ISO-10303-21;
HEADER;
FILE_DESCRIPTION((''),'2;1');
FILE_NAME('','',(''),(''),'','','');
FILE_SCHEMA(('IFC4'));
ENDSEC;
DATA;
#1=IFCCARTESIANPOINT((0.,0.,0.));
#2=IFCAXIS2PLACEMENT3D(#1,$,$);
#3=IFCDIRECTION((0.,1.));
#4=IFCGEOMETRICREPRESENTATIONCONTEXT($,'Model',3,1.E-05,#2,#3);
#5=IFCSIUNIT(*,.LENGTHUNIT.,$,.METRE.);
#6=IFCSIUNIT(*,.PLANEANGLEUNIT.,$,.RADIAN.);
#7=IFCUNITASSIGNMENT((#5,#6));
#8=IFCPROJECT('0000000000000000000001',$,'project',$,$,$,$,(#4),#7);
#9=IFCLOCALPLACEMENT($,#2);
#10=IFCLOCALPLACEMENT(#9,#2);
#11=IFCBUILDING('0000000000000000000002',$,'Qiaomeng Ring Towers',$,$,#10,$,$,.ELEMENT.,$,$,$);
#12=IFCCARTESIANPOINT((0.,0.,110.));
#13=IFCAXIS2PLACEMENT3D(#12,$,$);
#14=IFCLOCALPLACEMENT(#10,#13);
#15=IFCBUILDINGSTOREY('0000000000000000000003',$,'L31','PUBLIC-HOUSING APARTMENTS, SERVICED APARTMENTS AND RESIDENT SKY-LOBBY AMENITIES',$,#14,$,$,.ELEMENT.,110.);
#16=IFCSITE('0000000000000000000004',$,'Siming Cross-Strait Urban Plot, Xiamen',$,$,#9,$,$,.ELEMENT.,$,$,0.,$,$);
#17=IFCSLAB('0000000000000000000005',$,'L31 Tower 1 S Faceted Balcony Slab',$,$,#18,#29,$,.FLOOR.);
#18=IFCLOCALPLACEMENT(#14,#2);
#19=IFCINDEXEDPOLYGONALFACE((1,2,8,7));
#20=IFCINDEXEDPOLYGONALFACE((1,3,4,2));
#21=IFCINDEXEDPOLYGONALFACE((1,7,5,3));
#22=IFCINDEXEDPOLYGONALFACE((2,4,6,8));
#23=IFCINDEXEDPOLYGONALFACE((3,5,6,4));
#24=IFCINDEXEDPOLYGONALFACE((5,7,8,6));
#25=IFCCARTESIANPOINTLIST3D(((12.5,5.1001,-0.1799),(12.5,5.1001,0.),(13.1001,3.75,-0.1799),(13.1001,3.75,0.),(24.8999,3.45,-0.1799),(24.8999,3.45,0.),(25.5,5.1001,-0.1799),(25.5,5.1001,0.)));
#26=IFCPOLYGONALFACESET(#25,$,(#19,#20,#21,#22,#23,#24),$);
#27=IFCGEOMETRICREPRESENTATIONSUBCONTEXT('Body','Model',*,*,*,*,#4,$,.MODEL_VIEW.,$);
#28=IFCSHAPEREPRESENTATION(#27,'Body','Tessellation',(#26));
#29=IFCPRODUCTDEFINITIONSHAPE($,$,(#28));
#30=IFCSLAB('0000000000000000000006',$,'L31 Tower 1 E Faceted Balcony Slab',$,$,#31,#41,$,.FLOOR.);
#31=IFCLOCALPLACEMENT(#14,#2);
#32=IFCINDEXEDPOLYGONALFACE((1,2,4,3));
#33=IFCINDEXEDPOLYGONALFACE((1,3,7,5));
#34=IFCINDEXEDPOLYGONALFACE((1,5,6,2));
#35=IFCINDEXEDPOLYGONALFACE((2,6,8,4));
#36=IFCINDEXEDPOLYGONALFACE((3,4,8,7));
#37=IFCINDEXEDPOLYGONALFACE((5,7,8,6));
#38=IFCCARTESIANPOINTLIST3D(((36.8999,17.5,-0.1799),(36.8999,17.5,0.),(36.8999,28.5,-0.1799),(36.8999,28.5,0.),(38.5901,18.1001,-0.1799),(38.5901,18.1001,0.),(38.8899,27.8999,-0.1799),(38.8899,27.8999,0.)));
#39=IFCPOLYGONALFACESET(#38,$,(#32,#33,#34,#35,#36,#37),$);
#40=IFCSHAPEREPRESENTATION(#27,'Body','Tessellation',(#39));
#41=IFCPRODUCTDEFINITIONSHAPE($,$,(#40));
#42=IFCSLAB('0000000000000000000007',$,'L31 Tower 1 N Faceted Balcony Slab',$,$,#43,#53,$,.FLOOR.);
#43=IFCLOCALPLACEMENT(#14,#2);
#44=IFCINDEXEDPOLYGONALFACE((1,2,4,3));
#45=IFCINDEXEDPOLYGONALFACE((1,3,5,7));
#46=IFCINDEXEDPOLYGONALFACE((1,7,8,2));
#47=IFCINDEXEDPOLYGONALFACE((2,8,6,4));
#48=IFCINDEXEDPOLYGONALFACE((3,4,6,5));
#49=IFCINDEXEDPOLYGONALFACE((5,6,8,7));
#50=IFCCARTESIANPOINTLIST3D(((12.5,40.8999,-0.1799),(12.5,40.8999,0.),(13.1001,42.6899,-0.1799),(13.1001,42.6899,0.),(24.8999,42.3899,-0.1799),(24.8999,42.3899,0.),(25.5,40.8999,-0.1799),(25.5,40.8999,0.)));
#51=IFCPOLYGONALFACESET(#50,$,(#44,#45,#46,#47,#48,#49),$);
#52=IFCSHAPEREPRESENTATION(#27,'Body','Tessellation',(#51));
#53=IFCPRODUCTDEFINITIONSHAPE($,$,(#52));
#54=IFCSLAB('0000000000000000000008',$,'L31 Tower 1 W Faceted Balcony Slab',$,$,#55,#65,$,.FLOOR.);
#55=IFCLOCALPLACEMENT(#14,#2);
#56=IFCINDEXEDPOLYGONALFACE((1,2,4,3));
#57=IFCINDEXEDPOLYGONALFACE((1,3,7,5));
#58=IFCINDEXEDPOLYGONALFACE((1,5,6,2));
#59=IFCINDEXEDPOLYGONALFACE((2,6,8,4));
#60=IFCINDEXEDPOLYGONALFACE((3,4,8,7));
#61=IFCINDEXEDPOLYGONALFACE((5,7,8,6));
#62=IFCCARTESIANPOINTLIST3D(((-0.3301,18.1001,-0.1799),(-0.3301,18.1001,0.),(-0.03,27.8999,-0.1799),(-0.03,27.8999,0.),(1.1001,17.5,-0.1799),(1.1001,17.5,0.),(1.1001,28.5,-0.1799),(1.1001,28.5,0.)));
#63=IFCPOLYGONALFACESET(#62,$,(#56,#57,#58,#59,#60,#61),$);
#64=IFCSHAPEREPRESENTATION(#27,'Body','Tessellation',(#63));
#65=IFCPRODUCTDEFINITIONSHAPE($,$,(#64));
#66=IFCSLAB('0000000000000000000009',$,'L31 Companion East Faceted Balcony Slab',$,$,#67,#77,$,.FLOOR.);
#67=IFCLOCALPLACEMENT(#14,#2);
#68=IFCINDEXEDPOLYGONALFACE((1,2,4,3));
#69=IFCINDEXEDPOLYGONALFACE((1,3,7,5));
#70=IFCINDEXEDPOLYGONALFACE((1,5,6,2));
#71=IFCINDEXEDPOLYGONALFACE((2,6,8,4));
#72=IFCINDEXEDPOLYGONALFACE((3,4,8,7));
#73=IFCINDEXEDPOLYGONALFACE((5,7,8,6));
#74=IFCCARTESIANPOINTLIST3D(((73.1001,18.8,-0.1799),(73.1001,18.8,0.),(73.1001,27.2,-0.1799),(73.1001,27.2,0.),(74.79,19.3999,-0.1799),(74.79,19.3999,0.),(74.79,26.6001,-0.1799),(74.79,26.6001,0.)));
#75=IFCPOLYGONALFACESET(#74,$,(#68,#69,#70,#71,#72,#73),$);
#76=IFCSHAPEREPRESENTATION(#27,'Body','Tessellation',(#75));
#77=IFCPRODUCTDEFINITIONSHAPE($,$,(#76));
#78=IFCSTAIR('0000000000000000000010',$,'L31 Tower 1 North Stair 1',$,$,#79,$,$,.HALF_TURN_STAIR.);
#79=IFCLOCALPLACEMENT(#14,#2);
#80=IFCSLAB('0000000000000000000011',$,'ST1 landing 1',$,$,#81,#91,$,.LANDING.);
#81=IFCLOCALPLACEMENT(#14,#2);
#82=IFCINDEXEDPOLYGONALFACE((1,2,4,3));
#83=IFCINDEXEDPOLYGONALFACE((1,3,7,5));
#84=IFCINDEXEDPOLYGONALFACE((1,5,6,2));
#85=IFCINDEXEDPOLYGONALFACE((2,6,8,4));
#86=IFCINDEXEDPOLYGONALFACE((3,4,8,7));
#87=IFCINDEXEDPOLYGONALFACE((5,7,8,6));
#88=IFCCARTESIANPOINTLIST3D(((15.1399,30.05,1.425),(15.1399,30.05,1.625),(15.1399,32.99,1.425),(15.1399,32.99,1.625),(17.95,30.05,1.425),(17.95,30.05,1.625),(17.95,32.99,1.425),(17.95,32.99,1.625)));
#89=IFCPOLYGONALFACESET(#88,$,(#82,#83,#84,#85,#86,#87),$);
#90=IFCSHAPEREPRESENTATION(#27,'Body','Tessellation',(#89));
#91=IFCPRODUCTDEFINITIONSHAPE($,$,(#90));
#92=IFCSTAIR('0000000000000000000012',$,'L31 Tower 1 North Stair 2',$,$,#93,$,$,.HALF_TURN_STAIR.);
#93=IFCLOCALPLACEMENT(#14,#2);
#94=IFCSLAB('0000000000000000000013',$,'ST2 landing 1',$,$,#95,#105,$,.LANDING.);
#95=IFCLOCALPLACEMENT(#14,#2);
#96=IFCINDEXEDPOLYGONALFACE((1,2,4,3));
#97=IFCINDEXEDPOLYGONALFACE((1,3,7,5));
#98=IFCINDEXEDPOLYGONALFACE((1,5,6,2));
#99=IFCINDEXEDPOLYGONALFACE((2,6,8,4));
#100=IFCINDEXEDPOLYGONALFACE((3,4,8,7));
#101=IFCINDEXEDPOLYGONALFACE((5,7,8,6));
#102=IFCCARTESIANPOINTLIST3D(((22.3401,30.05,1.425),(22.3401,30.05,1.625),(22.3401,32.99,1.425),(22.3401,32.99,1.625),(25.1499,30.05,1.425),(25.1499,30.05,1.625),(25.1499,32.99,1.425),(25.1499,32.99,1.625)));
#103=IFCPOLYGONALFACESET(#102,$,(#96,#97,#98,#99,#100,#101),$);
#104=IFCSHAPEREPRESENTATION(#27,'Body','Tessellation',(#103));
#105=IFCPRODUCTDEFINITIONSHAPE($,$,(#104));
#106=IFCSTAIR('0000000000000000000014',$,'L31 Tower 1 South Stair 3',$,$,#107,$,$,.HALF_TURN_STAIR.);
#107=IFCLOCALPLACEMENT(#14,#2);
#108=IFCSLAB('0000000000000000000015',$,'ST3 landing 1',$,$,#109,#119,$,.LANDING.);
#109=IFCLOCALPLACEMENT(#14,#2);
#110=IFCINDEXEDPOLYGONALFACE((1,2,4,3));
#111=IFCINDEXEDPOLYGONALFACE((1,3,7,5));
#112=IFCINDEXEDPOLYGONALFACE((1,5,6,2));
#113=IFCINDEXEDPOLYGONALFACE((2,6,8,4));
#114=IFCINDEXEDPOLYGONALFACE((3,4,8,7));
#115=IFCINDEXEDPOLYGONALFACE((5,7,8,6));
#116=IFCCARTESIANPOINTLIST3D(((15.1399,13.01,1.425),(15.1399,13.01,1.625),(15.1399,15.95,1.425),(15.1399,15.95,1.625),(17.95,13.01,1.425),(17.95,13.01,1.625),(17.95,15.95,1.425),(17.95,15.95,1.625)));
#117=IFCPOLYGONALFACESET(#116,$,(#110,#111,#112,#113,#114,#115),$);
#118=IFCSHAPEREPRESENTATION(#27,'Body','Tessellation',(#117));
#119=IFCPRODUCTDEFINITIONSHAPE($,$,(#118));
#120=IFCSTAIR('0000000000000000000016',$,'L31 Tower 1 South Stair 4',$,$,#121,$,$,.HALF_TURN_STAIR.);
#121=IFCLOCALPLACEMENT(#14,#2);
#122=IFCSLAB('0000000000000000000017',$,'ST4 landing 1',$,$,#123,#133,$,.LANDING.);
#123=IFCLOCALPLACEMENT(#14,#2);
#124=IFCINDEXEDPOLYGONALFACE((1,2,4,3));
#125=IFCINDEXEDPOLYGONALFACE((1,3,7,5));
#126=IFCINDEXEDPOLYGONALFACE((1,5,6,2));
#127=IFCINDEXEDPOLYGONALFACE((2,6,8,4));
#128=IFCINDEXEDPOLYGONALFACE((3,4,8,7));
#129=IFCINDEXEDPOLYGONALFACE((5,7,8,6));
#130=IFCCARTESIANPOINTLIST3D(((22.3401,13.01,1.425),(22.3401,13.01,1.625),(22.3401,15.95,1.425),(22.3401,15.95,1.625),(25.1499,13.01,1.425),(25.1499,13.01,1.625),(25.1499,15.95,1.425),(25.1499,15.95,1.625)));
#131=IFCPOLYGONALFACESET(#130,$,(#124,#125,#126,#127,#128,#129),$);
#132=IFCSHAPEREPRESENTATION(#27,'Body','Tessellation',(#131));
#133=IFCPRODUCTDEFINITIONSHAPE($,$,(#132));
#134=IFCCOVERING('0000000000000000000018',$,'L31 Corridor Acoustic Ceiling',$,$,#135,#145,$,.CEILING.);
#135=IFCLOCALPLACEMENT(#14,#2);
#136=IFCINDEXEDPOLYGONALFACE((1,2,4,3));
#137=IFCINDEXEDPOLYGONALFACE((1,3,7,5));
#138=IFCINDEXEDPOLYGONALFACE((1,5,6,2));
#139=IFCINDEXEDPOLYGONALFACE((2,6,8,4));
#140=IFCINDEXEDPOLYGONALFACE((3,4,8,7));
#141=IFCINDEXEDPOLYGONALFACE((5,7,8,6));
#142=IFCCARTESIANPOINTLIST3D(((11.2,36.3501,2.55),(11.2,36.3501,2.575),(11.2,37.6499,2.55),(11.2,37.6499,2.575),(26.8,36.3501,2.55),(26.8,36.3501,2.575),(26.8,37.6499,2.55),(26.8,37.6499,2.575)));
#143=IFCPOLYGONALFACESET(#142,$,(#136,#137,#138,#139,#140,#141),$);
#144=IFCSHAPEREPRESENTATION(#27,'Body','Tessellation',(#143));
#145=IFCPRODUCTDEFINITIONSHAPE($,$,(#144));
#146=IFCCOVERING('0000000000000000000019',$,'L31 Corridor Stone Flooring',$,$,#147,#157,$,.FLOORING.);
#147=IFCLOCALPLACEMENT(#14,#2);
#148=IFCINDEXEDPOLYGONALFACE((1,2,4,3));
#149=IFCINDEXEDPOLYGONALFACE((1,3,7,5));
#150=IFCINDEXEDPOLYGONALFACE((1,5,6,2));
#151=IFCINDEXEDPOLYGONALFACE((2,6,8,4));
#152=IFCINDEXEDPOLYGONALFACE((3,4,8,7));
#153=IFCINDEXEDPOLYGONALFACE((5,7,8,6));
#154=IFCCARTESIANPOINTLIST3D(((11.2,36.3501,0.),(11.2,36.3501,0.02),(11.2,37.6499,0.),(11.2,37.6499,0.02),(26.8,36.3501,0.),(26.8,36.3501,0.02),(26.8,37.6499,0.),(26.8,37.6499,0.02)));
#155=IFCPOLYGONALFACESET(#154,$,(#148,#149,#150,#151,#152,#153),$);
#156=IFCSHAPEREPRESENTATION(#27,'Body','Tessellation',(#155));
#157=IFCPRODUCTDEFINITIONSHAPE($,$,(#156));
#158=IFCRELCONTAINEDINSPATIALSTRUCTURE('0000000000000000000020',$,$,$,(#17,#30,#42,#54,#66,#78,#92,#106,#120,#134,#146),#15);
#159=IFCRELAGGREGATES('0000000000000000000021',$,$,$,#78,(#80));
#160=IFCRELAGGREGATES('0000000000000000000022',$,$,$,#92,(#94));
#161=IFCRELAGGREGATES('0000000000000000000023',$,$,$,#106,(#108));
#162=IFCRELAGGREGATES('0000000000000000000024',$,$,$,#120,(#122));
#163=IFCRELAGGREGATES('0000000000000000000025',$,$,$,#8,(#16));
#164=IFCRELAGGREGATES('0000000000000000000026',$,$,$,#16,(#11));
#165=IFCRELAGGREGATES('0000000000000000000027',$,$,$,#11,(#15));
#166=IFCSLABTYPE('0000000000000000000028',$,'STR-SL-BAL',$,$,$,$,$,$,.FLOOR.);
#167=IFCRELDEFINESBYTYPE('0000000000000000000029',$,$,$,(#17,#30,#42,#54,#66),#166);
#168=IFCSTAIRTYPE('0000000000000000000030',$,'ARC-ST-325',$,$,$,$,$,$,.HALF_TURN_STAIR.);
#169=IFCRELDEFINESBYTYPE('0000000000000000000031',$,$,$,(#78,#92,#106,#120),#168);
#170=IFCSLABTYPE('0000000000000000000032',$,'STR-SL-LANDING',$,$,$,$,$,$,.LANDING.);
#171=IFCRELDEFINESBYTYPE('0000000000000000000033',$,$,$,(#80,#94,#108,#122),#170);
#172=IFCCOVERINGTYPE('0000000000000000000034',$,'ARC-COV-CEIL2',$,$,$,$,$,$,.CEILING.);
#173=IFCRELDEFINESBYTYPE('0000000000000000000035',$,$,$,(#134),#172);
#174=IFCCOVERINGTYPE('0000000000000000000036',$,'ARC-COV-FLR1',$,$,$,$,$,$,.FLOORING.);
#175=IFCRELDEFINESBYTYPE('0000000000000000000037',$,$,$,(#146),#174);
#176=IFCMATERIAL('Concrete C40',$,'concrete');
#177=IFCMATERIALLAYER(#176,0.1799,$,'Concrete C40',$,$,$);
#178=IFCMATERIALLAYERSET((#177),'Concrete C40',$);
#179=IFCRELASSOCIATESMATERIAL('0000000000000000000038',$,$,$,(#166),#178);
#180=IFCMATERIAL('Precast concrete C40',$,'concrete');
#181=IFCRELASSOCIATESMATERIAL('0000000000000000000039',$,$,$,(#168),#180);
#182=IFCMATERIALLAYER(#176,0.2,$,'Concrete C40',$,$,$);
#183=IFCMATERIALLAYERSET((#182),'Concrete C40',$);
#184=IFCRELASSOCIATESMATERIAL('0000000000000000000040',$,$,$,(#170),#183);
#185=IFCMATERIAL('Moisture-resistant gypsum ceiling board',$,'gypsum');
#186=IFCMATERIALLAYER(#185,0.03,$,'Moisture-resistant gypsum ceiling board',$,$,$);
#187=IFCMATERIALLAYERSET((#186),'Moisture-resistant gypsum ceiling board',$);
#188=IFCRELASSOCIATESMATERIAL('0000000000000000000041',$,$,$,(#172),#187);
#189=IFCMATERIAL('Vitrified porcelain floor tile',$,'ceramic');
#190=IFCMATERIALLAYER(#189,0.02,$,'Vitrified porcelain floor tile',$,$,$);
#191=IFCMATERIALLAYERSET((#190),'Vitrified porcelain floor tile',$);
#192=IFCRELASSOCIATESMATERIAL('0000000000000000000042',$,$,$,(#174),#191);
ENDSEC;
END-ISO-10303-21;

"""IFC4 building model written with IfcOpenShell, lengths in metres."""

from ifc_helpers import new_model, si_unit, direction, frame, origin, place, context, subcontext, project, spatial, polyline, outline, extrude, material, layer, layer_set, type_object, element, aggregate, save


model = new_model("IFC4")

# Units and contexts
model_context = context("Model", 3, precision=1e-05, world=origin(), true_north=direction((0.0, 1.0)))
body_context = subcontext(model_context, "Body", "Model", "MODEL_VIEW")
ifc_project = project(units=[si_unit("LENGTHUNIT", "METRE"), si_unit("PLANEANGLEUNIT", "RADIAN")], contexts=[model_context])

# Site, building, storey
site_placement = place(None, origin())
site = spatial("IfcSite", under=ifc_project, at=site_placement, Name="Siming Cross-Strait Urban Plot, Xiamen", CompositionType="ELEMENT", RefElevation=0.0)
building_placement = place(site_placement, origin())
building = spatial("IfcBuilding", under=site, at=building_placement, Name="Qiaomeng Ring Towers", CompositionType="ELEMENT")
storey_placement = place(building_placement, frame((0.0, 0.0, 110.0)))
storey = spatial("IfcBuildingStorey", under=building, at=storey_placement, Name="L31", Description="PUBLIC-HOUSING APARTMENTS, SERVICED APARTMENTS AND RESIDENT SKY-LOBBY AMENITIES", CompositionType="ELEMENT", Elevation=110.0)

# Shared definitions
ifc_material_1 = material(Name="Concrete C40", Category="concrete")

# Slabs
ifc_layer_1 = layer(ifc_material_1, 0.1799, Name="Concrete C40")
ifc_layer_set_1 = layer_set([ifc_layer_1], Name="Concrete C40")
slab_type_1 = type_object("IfcSlabType", Name="STR-SL-BAL", PredefinedType="FLOOR", material=ifc_layer_set_1)
slab_1_placement = place(storey_placement, frame((0.0, 0.0, -0.1799)))
element("IfcSlab", 1, at=slab_1_placement, inside=storey, type_object=slab_type_1, Name="L31 Tower 1 S Faceted Balcony Slab", PredefinedType="FLOOR", context=body_context, shape_type="SweptSolid", body=[
    extrude(outline(polyline([(24.8999, 3.45), (13.1001, 3.75), (12.5, 5.1001), (25.5, 5.1001), (24.8999, 3.45)])), origin(), (0.0, 0.0, 1.0), 0.1799),
])
slab_2_placement = place(storey_placement, frame((0.0, 0.0, -0.1799)))
element("IfcSlab", 2, at=slab_2_placement, inside=storey, type_object=slab_type_1, Name="L31 Tower 1 E Faceted Balcony Slab", PredefinedType="FLOOR", context=body_context, shape_type="SweptSolid", body=[
    extrude(outline(polyline([(38.8899, 27.8999), (38.5901, 18.1001), (36.8999, 17.5), (36.8999, 28.5), (38.8899, 27.8999)])), origin(), (0.0, 0.0, 1.0), 0.1799),
])
slab_3_placement = place(storey_placement, frame((0.0, 0.0, -0.1799)))
element("IfcSlab", 3, at=slab_3_placement, inside=storey, type_object=slab_type_1, Name="L31 Tower 1 N Faceted Balcony Slab", PredefinedType="FLOOR", context=body_context, shape_type="SweptSolid", body=[
    extrude(outline(polyline([(12.5, 40.8999), (13.1001, 42.6899), (24.8999, 42.3899), (25.5, 40.8999), (12.5, 40.8999)])), origin(), (0.0, 0.0, 1.0), 0.1799),
])
slab_4_placement = place(storey_placement, frame((0.0, 0.0, -0.1799)))
element("IfcSlab", 4, at=slab_4_placement, inside=storey, type_object=slab_type_1, Name="L31 Tower 1 W Faceted Balcony Slab", PredefinedType="FLOOR", context=body_context, shape_type="SweptSolid", body=[
    extrude(outline(polyline([(-0.3301, 18.1001), (-0.03, 27.8999), (1.1001, 28.5), (1.1001, 17.5), (-0.3301, 18.1001)])), origin(), (0.0, 0.0, 1.0), 0.1799),
])
slab_5_placement = place(storey_placement, frame((0.0, 0.0, -0.1799)))
element("IfcSlab", 5, at=slab_5_placement, inside=storey, type_object=slab_type_1, Name="L31 Companion East Faceted Balcony Slab", PredefinedType="FLOOR", context=body_context, shape_type="SweptSolid", body=[
    extrude(outline(polyline([(74.79, 26.6001), (74.79, 19.3999), (73.1001, 18.8), (73.1001, 27.2), (74.79, 26.6001)])), origin(), (0.0, 0.0, 1.0), 0.1799),
])

# Stairs, slabs
ifc_material_2 = material(Name="Precast concrete C40", Category="concrete")
stair_type = type_object("IfcStairType", Name="ARC-ST-325", PredefinedType="HALF_TURN_STAIR", material=ifc_material_2)
stair_1_placement = place(storey_placement, origin())
stair_1 = element("IfcStair", 6, at=stair_1_placement, inside=storey, type_object=stair_type, Name="L31 Tower 1 North Stair 1", PredefinedType="HALF_TURN_STAIR")
ifc_layer_2 = layer(ifc_material_1, 0.2, Name="Concrete C40")
ifc_layer_set_2 = layer_set([ifc_layer_2], Name="Concrete C40")
slab_type_2 = type_object("IfcSlabType", Name="STR-SL-LANDING", PredefinedType="LANDING", material=ifc_layer_set_2)
slab_6_placement = place(storey_placement, frame((0.0, 0.0, 1.425)))
slab_6 = element("IfcSlab", 7, at=slab_6_placement, type_object=slab_type_2, Name="ST1 landing 1", PredefinedType="LANDING", context=body_context, shape_type="SweptSolid", body=[
    extrude(outline(polyline([(15.1399, 30.05), (17.95, 30.05), (17.95, 32.99), (15.1399, 32.99), (15.1399, 30.05)])), origin(), (0.0, 0.0, 1.0), 0.2),
])
aggregate(stair_1, [slab_6])
stair_2_placement = place(storey_placement, origin())
stair_2 = element("IfcStair", 8, at=stair_2_placement, inside=storey, type_object=stair_type, Name="L31 Tower 1 North Stair 2", PredefinedType="HALF_TURN_STAIR")
slab_7_placement = place(storey_placement, frame((0.0, 0.0, 1.425)))
slab_7 = element("IfcSlab", 9, at=slab_7_placement, type_object=slab_type_2, Name="ST2 landing 1", PredefinedType="LANDING", context=body_context, shape_type="SweptSolid", body=[
    extrude(outline(polyline([(22.3401, 30.05), (25.1499, 30.05), (25.1499, 32.99), (22.3401, 32.99), (22.3401, 30.05)])), origin(), (0.0, 0.0, 1.0), 0.2),
])
aggregate(stair_2, [slab_7])
stair_3_placement = place(storey_placement, origin())
stair_3 = element("IfcStair", 10, at=stair_3_placement, inside=storey, type_object=stair_type, Name="L31 Tower 1 South Stair 3", PredefinedType="HALF_TURN_STAIR")
slab_8_placement = place(storey_placement, frame((0.0, 0.0, 1.425)))
slab_8 = element("IfcSlab", 11, at=slab_8_placement, type_object=slab_type_2, Name="ST3 landing 1", PredefinedType="LANDING", context=body_context, shape_type="SweptSolid", body=[
    extrude(outline(polyline([(15.1399, 13.01), (17.95, 13.01), (17.95, 15.95), (15.1399, 15.95), (15.1399, 13.01)])), origin(), (0.0, 0.0, 1.0), 0.2),
])
aggregate(stair_3, [slab_8])
stair_4_placement = place(storey_placement, origin())
stair_4 = element("IfcStair", 12, at=stair_4_placement, inside=storey, type_object=stair_type, Name="L31 Tower 1 South Stair 4", PredefinedType="HALF_TURN_STAIR")
slab_9_placement = place(storey_placement, frame((0.0, 0.0, 1.425)))
slab_9 = element("IfcSlab", 13, at=slab_9_placement, type_object=slab_type_2, Name="ST4 landing 1", PredefinedType="LANDING", context=body_context, shape_type="SweptSolid", body=[
    extrude(outline(polyline([(22.3401, 13.01), (25.1499, 13.01), (25.1499, 15.95), (22.3401, 15.95), (22.3401, 13.01)])), origin(), (0.0, 0.0, 1.0), 0.2),
])
aggregate(stair_4, [slab_9])

# Coverings
ifc_material_3 = material(Name="Moisture-resistant gypsum ceiling board", Category="gypsum")
ifc_layer_3 = layer(ifc_material_3, 0.03, Name="Moisture-resistant gypsum ceiling board")
ifc_layer_set_3 = layer_set([ifc_layer_3], Name="Moisture-resistant gypsum ceiling board")
covering_type_1 = type_object("IfcCoveringType", Name="ARC-COV-CEIL2", PredefinedType="CEILING", material=ifc_layer_set_3)
covering_1_placement = place(storey_placement, frame((0.0, 0.0, 2.55)))
element("IfcCovering", 14, at=covering_1_placement, inside=storey, type_object=covering_type_1, Name="L31 Corridor Acoustic Ceiling", PredefinedType="CEILING", context=body_context, shape_type="SweptSolid", body=[
    extrude(outline(polyline([(11.2, 36.3501), (11.2, 37.6499), (26.8, 37.6499), (26.8, 36.3501), (11.2, 36.3501)])), origin(), (0.0, 0.0, 1.0), 0.0249),
])
ifc_material_4 = material(Name="Vitrified porcelain floor tile", Category="ceramic")
ifc_layer_4 = layer(ifc_material_4, 0.02, Name="Vitrified porcelain floor tile")
ifc_layer_set_4 = layer_set([ifc_layer_4], Name="Vitrified porcelain floor tile")
covering_type_2 = type_object("IfcCoveringType", Name="ARC-COV-FLR1", PredefinedType="FLOORING", material=ifc_layer_set_4)
covering_2_placement = place(storey_placement, origin())
element("IfcCovering", 15, at=covering_2_placement, inside=storey, type_object=covering_type_2, Name="L31 Corridor Stone Flooring", PredefinedType="FLOORING", context=body_context, shape_type="SweptSolid", body=[
    extrude(outline(polyline([(11.2, 36.3501), (11.2, 37.6499), (26.8, 37.6499), (26.8, 36.3501), (11.2, 36.3501)])), origin(), (0.0, 0.0, 1.0), 0.02),
])

save(model, "model.ifc")
